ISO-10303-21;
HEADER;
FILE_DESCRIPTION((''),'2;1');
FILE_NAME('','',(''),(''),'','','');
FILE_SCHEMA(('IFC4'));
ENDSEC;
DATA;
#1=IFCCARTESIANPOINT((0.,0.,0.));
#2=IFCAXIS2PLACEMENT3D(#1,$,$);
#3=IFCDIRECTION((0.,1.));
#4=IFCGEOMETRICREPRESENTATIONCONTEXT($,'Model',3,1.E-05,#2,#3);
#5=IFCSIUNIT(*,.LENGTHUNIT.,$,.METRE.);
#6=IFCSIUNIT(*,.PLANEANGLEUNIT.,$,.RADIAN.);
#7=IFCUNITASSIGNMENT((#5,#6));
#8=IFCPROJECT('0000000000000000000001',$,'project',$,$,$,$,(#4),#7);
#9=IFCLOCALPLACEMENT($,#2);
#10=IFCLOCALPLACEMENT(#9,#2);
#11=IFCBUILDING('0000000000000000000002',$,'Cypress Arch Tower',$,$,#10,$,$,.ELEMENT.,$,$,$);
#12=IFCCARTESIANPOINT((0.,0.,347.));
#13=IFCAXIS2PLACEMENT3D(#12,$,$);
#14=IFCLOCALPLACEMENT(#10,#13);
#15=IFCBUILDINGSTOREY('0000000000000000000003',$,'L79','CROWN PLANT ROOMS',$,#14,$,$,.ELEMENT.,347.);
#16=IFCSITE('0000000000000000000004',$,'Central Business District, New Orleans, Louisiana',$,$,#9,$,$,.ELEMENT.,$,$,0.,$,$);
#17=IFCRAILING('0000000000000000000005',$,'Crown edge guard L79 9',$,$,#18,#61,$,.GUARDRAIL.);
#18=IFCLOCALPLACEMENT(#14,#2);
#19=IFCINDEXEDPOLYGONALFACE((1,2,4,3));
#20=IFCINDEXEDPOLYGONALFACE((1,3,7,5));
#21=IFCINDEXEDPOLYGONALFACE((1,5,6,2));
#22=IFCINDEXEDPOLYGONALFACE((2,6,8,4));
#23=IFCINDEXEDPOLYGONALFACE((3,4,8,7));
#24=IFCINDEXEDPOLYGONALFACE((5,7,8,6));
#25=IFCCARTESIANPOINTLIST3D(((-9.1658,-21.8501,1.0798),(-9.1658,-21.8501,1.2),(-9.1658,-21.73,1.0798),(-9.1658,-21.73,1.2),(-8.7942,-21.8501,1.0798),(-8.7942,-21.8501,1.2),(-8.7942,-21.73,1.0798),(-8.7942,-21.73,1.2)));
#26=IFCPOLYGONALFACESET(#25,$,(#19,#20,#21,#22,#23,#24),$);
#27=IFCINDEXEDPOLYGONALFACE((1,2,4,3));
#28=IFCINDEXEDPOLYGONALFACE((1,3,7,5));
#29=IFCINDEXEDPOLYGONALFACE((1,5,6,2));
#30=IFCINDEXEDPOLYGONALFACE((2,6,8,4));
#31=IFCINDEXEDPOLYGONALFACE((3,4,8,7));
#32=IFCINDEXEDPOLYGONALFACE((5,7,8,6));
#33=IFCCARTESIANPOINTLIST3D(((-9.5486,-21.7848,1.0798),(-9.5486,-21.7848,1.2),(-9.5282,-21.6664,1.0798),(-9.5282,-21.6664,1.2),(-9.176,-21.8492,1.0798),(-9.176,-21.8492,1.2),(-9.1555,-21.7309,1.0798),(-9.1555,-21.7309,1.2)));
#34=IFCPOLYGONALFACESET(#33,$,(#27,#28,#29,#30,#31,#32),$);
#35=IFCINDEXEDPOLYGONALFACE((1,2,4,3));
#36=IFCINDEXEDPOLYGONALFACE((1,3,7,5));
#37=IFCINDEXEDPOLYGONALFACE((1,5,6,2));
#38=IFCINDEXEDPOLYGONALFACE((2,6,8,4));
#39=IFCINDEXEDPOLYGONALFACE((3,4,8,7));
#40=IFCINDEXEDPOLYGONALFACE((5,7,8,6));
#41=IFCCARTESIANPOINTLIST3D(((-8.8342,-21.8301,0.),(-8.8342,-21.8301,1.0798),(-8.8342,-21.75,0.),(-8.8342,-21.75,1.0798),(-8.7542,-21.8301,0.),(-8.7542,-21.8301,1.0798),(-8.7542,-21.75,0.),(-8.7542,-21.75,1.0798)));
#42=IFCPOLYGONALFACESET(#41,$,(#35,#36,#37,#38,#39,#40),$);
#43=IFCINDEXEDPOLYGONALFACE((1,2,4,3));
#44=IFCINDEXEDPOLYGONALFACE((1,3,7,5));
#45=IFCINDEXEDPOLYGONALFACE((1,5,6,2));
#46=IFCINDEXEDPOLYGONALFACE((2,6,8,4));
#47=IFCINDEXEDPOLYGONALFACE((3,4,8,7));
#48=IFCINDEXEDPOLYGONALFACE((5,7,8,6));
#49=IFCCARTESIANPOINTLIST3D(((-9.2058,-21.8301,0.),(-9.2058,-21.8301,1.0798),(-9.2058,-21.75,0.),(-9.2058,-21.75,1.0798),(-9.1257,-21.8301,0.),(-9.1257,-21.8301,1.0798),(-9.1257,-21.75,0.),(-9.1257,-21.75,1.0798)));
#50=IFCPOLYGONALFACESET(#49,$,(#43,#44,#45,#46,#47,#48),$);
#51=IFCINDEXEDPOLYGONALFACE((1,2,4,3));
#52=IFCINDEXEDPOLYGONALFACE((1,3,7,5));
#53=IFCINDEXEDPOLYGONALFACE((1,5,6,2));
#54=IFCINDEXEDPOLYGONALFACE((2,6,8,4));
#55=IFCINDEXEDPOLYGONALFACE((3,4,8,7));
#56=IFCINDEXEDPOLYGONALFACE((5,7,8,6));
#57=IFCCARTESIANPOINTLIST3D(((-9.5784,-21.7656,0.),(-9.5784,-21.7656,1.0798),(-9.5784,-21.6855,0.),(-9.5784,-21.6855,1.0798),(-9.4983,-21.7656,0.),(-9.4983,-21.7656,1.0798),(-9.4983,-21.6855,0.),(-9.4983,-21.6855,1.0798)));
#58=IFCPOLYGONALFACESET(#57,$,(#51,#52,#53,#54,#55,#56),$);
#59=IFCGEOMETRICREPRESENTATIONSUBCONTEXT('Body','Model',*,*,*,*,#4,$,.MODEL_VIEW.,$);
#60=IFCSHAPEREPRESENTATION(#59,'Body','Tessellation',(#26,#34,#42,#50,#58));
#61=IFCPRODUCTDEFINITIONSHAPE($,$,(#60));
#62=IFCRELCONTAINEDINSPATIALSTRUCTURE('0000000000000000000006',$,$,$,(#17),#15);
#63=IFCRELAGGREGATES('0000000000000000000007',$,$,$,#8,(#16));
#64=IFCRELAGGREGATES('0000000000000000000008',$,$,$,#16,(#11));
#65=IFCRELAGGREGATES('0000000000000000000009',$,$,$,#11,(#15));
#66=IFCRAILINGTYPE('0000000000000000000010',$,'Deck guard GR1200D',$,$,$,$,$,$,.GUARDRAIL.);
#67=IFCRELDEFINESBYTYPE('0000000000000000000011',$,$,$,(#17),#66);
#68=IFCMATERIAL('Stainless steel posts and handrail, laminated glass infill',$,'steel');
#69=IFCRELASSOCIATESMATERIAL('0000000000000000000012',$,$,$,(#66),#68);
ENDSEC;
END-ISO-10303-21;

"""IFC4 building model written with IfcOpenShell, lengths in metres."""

from ifc_helpers import new_model, si_unit, direction, frame, origin, origin_2d, place, context, subcontext, project, spatial, rectangle, extrude, material, type_object, element, save


model = new_model("IFC4")

# Units and contexts
model_context = context("Model", 3, precision=1e-05, world=origin(), true_north=direction((0.0, 1.0)))
body_context = subcontext(model_context, "Body", "Model", "MODEL_VIEW")
ifc_project = project(units=[si_unit("LENGTHUNIT", "METRE"), si_unit("PLANEANGLEUNIT", "RADIAN")], contexts=[model_context])

# Site, building, storey
site_placement = place(None, origin())
site = spatial("IfcSite", under=ifc_project, at=site_placement, Name="Central Business District, New Orleans, Louisiana", CompositionType="ELEMENT", RefElevation=0.0)
building_placement = place(site_placement, origin())
building = spatial("IfcBuilding", under=site, at=building_placement, Name="Cypress Arch Tower", CompositionType="ELEMENT")
storey_placement = place(building_placement, frame((0.0, 0.0, 347.0)))
storey = spatial("IfcBuildingStorey", under=building, at=storey_placement, Name="L79", Description="CROWN PLANT ROOMS", CompositionType="ELEMENT", Elevation=347.0)

# Railing
ifc_material_1 = material(Name="Stainless steel posts and handrail, laminated glass infill", Category="steel")
railing_type = type_object("IfcRailingType", Name="Deck guard GR1200D", PredefinedType="GUARDRAIL", material=ifc_material_1)
railing_1_placement = place(storey_placement, frame((-8.7942, -21.79, 0.0)))
element("IfcRailing", 1, at=railing_1_placement, inside=storey, type_object=railing_type, Name="Crown edge guard L79 9", PredefinedType="GUARDRAIL", context=body_context, shape_type="SweptSolid", body=[
    extrude(rectangle(XDim=0.1201, YDim=0.1201, at=origin_2d()), frame((0.0, 0.0, 1.1399), z_axis=(-1.0, 0.0, 0.0), x_axis=(0.0, -1.0, 0.0)), (0.0, 0.0, 1.0), 0.3716),
    extrude(rectangle(XDim=0.1201, YDim=0.1201, at=origin_2d()), frame((-0.3716, 0.0, 1.1399), z_axis=(-0.985363, 0.170469, 0.0), x_axis=(-0.170469, -0.985363, 0.0)), (0.0, 0.0, 1.0), 0.3782),
    extrude(rectangle(XDim=0.0801, YDim=0.0801, at=origin_2d()), origin(), (0.0, 0.0, 1.0), 1.0798),
    extrude(rectangle(XDim=0.0801, YDim=0.0801, at=origin_2d()), frame((-0.3716, 0.0, 0.0)), (0.0, 0.0, 1.0), 1.0798),
    extrude(rectangle(XDim=0.0801, YDim=0.0801, at=origin_2d()), frame((-0.7441, 0.0645, 0.0)), (0.0, 0.0, 1.0), 1.0798),
])

save(model, "model.ifc")
